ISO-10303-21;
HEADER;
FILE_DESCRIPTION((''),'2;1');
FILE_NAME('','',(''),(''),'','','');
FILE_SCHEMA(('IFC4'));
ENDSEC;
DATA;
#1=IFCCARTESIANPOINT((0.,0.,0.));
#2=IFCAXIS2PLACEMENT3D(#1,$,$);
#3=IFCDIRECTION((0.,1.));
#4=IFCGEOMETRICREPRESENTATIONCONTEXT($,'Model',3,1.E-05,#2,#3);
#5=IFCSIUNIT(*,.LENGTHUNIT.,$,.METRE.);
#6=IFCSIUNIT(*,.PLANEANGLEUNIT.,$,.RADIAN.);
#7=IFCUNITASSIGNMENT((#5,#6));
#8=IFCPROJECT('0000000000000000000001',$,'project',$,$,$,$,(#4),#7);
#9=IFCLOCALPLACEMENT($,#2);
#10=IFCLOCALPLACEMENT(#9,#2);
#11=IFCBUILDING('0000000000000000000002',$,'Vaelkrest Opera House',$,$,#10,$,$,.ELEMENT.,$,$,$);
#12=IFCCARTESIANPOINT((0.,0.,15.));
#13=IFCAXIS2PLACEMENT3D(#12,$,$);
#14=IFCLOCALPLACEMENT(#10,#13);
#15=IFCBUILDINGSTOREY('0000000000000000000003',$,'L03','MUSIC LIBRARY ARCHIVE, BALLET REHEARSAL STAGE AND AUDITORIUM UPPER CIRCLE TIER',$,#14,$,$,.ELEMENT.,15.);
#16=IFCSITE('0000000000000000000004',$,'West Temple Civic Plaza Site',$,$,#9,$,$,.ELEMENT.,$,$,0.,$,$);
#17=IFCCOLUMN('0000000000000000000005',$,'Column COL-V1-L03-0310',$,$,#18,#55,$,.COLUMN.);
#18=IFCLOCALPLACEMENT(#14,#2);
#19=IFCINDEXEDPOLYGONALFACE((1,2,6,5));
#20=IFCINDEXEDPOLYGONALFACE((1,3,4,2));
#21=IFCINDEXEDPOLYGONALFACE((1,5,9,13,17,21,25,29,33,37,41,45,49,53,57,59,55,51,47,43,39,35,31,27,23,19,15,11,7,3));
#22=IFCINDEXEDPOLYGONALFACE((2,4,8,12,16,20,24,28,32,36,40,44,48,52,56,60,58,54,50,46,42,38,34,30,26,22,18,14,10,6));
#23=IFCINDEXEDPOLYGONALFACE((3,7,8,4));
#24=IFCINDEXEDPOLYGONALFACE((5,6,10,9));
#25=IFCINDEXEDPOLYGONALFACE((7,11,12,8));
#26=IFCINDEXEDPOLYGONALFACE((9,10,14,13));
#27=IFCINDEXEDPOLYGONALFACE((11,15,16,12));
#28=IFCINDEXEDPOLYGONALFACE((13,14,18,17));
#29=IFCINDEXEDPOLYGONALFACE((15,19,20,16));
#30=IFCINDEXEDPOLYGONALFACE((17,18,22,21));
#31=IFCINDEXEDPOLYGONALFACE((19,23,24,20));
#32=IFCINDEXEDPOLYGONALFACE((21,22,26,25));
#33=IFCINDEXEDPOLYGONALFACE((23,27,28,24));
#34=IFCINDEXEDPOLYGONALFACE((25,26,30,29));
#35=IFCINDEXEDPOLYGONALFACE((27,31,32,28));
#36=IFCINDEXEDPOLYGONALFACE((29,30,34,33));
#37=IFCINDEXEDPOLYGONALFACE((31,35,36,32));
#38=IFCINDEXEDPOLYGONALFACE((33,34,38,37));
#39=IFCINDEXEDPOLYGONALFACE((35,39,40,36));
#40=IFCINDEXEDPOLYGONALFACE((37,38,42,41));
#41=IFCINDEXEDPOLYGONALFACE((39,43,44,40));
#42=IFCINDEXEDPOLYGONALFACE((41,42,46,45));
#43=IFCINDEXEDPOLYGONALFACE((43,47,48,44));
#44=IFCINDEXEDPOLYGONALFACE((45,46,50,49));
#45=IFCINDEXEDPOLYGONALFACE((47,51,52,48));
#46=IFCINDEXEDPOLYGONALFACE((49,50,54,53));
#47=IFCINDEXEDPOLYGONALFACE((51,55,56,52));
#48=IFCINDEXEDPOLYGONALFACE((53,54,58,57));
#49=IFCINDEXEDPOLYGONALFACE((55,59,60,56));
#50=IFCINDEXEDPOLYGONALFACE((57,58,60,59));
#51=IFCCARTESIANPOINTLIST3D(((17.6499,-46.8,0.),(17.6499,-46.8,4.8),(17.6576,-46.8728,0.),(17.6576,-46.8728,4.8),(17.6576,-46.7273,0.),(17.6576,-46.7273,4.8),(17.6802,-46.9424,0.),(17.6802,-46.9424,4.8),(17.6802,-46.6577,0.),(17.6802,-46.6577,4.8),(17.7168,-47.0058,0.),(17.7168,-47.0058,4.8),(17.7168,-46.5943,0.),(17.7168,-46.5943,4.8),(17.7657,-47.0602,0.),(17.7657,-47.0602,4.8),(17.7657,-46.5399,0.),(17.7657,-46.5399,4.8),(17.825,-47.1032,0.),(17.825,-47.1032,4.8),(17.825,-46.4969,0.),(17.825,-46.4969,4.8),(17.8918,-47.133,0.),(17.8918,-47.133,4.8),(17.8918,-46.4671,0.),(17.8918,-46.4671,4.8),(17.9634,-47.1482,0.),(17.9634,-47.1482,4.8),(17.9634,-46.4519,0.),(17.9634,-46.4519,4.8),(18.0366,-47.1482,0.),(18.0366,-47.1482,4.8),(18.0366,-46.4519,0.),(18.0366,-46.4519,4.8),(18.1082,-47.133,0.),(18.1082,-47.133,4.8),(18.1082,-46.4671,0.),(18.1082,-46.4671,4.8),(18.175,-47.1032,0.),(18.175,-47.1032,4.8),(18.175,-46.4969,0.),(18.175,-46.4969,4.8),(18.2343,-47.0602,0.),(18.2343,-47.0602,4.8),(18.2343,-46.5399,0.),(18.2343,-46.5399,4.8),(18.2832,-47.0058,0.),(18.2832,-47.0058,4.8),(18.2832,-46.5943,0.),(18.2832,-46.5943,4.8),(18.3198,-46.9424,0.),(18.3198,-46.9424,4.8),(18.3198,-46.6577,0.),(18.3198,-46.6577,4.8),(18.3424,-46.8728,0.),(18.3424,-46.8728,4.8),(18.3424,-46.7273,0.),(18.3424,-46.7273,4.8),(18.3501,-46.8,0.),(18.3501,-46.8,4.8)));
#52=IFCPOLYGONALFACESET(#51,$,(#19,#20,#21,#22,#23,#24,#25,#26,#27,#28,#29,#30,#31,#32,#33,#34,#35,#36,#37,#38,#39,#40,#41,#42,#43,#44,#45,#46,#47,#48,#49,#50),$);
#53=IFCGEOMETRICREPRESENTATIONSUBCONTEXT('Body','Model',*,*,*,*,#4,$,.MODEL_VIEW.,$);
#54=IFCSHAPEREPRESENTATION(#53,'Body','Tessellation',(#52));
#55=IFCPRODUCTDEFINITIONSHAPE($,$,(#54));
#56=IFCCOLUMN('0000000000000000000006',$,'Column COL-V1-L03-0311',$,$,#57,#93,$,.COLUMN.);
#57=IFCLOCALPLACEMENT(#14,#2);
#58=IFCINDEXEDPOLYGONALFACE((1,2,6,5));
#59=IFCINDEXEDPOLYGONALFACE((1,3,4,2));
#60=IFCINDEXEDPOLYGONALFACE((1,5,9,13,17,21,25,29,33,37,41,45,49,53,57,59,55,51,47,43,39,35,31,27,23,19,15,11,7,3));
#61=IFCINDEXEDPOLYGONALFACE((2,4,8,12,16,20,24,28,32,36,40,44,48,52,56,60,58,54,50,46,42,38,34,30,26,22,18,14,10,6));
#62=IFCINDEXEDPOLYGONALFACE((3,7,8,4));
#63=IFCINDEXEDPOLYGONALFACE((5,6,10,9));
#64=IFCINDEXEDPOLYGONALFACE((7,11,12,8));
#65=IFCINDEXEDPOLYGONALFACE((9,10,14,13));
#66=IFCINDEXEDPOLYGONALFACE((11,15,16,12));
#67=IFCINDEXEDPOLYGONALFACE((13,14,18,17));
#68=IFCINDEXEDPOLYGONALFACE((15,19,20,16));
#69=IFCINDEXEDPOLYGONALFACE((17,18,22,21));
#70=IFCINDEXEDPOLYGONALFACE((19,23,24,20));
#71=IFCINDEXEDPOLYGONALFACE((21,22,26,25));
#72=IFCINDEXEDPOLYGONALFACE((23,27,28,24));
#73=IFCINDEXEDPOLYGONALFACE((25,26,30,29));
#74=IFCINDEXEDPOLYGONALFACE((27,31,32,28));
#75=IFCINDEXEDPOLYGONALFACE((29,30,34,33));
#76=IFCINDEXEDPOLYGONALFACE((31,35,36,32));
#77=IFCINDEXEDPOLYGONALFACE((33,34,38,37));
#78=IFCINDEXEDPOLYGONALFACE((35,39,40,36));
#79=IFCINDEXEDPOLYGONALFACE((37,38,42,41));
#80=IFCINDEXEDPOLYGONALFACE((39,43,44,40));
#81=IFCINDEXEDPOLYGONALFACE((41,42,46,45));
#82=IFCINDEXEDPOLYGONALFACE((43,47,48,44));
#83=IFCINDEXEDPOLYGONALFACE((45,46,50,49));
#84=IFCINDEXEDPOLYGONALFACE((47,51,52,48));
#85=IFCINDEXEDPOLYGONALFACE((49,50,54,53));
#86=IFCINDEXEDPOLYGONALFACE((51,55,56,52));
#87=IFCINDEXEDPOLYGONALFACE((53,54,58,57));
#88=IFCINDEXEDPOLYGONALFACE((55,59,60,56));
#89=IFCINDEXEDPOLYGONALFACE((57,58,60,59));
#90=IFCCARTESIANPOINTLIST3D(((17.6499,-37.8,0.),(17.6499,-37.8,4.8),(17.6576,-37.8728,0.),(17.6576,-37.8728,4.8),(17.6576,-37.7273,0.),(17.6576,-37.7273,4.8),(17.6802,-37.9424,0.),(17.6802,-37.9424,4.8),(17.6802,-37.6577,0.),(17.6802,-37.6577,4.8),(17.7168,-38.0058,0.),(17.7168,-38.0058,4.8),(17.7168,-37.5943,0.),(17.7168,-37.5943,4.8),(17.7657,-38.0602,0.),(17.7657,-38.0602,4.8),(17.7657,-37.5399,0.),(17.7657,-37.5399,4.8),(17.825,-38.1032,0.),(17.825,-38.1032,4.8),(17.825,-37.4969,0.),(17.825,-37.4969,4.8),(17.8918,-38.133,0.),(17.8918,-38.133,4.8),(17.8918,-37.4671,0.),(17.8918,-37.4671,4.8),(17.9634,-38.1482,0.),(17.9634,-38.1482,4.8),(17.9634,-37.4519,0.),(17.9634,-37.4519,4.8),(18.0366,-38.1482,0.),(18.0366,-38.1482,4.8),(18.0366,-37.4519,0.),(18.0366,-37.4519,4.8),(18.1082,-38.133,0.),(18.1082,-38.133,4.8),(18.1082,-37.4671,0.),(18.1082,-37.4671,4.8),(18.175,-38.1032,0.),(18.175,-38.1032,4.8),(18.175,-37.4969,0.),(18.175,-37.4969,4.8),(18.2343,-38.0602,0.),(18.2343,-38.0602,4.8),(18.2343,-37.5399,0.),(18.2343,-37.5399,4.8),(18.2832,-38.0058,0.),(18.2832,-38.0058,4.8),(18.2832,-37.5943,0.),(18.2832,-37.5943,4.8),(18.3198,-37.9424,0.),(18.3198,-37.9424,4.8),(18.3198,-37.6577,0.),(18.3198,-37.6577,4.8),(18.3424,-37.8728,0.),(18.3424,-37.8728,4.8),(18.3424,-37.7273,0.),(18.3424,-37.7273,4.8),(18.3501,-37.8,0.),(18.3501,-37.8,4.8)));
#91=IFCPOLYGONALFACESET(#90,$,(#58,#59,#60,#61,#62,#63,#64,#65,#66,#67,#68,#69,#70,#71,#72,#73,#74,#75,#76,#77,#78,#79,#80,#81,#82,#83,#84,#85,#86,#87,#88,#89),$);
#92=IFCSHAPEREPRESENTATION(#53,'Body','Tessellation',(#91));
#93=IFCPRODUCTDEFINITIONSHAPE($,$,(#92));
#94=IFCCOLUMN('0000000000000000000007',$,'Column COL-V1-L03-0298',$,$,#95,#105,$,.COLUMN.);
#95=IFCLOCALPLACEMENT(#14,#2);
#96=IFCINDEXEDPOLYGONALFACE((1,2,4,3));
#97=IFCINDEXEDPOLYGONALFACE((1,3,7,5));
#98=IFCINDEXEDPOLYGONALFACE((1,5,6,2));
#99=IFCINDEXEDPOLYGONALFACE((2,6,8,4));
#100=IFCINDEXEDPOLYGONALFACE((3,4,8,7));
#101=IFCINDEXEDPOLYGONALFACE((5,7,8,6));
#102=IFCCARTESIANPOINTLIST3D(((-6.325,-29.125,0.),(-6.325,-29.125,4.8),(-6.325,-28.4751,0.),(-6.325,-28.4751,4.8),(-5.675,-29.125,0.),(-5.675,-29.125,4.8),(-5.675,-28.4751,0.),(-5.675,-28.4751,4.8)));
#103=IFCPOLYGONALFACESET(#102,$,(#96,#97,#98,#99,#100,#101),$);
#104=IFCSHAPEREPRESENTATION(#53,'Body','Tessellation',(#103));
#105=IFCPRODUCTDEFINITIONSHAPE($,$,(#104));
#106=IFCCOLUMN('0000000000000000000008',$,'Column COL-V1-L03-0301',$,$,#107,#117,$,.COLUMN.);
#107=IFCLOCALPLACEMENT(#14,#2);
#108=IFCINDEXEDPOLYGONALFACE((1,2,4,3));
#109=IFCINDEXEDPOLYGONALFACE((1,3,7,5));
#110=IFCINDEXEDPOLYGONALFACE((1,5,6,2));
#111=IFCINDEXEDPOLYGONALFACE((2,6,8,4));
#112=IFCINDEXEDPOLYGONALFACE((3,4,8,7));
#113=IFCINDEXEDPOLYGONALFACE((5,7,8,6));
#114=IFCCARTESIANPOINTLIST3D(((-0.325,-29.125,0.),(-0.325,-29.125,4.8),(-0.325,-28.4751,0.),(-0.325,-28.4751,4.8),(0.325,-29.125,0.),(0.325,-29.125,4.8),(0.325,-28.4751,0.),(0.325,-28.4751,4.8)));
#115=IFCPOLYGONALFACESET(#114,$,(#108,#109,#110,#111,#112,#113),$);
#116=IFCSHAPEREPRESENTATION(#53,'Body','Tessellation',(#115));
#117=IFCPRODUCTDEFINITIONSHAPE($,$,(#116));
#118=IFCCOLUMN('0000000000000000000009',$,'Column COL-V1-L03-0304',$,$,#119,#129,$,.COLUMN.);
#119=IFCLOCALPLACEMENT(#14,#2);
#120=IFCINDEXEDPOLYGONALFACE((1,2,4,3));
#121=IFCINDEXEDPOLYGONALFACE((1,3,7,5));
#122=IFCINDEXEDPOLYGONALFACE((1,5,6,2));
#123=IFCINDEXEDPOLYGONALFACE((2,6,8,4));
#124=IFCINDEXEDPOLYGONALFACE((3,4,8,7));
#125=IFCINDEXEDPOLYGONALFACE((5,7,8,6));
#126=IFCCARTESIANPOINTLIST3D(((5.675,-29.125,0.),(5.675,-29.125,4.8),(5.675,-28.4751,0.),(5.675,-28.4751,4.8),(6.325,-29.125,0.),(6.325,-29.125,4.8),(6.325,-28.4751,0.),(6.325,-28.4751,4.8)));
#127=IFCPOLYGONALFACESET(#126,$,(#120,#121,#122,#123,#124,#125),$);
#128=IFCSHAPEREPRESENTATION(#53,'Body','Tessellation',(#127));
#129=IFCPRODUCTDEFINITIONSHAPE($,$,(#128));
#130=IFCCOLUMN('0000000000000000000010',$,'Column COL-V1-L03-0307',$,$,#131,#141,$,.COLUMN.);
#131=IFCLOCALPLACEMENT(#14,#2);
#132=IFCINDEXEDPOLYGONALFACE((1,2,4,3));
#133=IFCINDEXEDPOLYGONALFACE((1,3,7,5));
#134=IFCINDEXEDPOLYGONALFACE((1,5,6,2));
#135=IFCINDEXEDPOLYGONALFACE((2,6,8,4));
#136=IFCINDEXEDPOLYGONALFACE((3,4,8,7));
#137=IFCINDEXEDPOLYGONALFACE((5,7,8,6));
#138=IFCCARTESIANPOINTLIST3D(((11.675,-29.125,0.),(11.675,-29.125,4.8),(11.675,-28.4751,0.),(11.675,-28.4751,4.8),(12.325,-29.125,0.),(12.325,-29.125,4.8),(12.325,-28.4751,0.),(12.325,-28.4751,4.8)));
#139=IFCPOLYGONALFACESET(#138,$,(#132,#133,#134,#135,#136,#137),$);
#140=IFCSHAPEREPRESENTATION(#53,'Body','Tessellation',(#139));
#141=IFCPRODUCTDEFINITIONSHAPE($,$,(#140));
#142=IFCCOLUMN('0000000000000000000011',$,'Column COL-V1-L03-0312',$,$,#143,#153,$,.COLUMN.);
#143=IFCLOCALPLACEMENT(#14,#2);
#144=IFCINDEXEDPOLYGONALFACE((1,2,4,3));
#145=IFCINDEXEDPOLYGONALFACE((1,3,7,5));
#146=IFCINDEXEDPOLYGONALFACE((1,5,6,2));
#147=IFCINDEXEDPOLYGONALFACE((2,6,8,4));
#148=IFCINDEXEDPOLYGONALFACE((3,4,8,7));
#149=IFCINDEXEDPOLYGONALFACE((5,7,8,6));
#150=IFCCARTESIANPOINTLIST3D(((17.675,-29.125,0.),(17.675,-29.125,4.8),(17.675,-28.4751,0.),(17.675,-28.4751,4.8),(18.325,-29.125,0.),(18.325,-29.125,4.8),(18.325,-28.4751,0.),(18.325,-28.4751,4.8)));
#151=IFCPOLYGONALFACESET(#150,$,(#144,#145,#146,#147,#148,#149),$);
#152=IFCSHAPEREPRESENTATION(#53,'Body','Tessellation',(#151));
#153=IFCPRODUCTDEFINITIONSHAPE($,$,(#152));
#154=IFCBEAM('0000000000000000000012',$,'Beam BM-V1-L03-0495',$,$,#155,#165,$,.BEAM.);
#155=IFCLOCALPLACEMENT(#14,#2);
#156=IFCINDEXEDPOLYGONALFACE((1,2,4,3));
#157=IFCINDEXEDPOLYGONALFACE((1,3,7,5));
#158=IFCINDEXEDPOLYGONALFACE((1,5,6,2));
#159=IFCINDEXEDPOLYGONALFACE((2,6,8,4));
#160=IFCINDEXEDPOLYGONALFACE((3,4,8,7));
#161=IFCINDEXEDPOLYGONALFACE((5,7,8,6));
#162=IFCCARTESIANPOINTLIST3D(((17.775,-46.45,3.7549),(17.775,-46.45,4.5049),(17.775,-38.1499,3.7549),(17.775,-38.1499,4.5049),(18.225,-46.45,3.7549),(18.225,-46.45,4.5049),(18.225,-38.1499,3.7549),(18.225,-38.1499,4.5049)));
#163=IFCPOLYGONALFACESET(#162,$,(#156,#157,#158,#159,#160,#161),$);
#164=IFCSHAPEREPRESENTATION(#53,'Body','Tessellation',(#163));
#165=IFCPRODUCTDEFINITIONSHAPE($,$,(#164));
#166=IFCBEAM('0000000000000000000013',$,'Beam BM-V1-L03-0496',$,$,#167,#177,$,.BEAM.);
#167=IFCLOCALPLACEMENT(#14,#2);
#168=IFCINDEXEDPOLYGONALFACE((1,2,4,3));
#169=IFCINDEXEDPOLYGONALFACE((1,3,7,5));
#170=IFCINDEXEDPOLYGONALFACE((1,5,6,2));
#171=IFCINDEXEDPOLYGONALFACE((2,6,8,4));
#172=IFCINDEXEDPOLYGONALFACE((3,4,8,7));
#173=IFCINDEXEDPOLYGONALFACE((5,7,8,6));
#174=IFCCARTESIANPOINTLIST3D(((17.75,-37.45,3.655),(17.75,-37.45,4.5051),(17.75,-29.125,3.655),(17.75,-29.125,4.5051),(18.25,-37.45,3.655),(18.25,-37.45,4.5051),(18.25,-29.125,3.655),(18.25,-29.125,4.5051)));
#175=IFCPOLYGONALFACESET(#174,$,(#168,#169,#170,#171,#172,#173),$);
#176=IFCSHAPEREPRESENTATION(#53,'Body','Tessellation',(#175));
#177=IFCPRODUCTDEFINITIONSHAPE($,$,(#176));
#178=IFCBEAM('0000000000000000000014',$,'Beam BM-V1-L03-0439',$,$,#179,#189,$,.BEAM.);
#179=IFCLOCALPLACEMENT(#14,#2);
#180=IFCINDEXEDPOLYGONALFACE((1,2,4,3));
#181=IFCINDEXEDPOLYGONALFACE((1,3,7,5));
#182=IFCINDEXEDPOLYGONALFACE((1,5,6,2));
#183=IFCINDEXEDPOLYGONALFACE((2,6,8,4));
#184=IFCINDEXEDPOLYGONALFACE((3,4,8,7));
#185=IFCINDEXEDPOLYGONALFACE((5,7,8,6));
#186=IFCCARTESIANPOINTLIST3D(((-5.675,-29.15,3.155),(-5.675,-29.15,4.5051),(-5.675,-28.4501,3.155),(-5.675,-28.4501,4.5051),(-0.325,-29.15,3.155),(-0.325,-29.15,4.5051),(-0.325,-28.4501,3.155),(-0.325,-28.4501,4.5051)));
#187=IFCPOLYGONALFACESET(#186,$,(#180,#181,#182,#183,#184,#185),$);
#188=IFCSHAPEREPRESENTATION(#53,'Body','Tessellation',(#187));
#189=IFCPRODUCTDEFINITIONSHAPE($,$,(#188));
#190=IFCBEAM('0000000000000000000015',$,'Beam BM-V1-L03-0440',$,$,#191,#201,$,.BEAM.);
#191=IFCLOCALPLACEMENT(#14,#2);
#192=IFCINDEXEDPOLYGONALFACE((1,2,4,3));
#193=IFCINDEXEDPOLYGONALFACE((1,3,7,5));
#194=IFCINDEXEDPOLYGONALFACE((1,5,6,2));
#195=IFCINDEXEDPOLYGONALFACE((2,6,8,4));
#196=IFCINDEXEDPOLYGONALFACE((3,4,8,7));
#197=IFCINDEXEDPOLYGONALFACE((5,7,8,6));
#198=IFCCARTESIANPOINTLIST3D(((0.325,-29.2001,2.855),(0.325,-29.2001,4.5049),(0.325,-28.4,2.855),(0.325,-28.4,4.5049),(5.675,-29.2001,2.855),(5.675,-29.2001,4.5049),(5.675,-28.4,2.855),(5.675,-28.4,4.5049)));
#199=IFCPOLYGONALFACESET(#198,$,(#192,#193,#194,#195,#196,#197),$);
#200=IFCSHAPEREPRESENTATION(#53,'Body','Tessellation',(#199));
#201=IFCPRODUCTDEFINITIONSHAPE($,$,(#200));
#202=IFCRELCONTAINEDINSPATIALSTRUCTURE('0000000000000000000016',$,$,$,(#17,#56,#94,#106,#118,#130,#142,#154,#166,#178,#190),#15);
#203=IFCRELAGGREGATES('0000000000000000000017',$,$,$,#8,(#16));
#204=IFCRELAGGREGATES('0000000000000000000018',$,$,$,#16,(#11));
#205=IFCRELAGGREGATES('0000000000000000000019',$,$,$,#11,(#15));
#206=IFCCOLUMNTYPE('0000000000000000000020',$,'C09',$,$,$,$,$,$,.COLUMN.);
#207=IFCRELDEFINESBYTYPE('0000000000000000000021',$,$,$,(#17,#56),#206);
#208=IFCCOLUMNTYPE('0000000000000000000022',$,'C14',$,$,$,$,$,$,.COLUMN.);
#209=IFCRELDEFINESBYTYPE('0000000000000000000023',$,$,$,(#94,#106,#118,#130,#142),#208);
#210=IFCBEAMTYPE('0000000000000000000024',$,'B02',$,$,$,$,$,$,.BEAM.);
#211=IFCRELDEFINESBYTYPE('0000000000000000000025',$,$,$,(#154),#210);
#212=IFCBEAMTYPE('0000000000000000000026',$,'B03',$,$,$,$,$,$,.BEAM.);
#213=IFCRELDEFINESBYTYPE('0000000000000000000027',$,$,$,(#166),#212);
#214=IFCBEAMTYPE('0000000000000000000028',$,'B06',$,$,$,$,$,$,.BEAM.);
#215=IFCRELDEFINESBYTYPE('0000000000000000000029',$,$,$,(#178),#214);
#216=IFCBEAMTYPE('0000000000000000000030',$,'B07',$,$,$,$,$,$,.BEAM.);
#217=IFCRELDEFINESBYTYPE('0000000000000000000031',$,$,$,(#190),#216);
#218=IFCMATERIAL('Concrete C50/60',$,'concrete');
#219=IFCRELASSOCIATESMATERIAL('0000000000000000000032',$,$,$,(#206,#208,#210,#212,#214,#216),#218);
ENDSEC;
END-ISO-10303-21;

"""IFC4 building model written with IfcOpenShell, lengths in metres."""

from ifc_helpers import new_model, si_unit, direction, frame, origin, origin_2d, place, context, subcontext, project, spatial, rectangle, circle, extrude, material, material_profile, profile_set, type_object, element, save


model = new_model("IFC4")

# Units and contexts
model_context = context("Model", 3, precision=1e-05, world=origin(), true_north=direction((0.0, 1.0)))
body_context = subcontext(model_context, "Body", "Model", "MODEL_VIEW")
ifc_project = project(units=[si_unit("LENGTHUNIT", "METRE"), si_unit("PLANEANGLEUNIT", "RADIAN")], contexts=[model_context])

# Site, building, storey
site_placement = place(None, origin())
site = spatial("IfcSite", under=ifc_project, at=site_placement, Name="West Temple Civic Plaza Site", CompositionType="ELEMENT", RefElevation=0.0)
building_placement = place(site_placement, origin())
building = spatial("IfcBuilding", under=site, at=building_placement, Name="Vaelkrest Opera House", CompositionType="ELEMENT")
storey_placement = place(building_placement, frame((0.0, 0.0, 15.0)))
storey = spatial("IfcBuildingStorey", under=building, at=storey_placement, Name="L03", Description="MUSIC LIBRARY ARCHIVE, BALLET REHEARSAL STAGE AND AUDITORIUM UPPER CIRCLE TIER", CompositionType="ELEMENT", Elevation=15.0)

# Columns
ifc_material_1 = material(Name="Concrete C50/60", Category="concrete")
ifc_material_profile_1 = material_profile(ifc_material_1, circle(Radius=0.3501, at=origin_2d()), Name="RCD700")
ifc_profile_set_1 = profile_set([ifc_material_profile_1], Name="Concrete C50/60")
column_type_1 = type_object("IfcColumnType", Name="C09", PredefinedType="COLUMN", material=ifc_profile_set_1)
for number, where, z_axis, x_axis, name in (
    (1, (18.0, -46.8, 0.0), (0.0, 0.0, 1.0), (1.0, 0.0, 0.0), "Column COL-V1-L03-0310"),
    (2, (18.0, -37.8, 0.0), (0.0, 0.0, 1.0), (1.0, 0.0, 0.0), "Column COL-V1-L03-0311"),
):
    element("IfcColumn", number, at=place(storey_placement, frame(where, z_axis=z_axis, x_axis=x_axis)), inside=storey, type_object=column_type_1, Name=name, PredefinedType="COLUMN", context=body_context, shape_type="SweptSolid", body=[
        extrude(circle(Radius=0.3501, at=origin_2d()), origin(), (0.0, 0.0, 1.0), 4.8),
    ])
ifc_material_profile_2 = material_profile(ifc_material_1, rectangle(XDim=0.6499, YDim=0.6499, at=origin_2d()), Name="RC650X650")
ifc_profile_set_2 = profile_set([ifc_material_profile_2], Name="Concrete C50/60")
column_type_2 = type_object("IfcColumnType", Name="C14", PredefinedType="COLUMN", material=ifc_profile_set_2)
for number, where, z_axis, x_axis, name in (
    (3, (-6.0, -28.8, 0.0), (0.0, 0.0, 1.0), (1.0, 0.0, 0.0), "Column COL-V1-L03-0298"),
    (4, (0.0, -28.8, 0.0), (0.0, 0.0, 1.0), (1.0, 0.0, 0.0), "Column COL-V1-L03-0301"),
    (5, (6.0, -28.8, 0.0), (0.0, 0.0, 1.0), (1.0, 0.0, 0.0), "Column COL-V1-L03-0304"),
    (6, (12.0, -28.8, 0.0), (0.0, 0.0, 1.0), (1.0, 0.0, 0.0), "Column COL-V1-L03-0307"),
    (7, (18.0, -28.8, 0.0), (0.0, 0.0, 1.0), (1.0, 0.0, 0.0), "Column COL-V1-L03-0312"),
):
    element("IfcColumn", number, at=place(storey_placement, frame(where, z_axis=z_axis, x_axis=x_axis)), inside=storey, type_object=column_type_2, Name=name, PredefinedType="COLUMN", context=body_context, shape_type="SweptSolid", body=[
        extrude(rectangle(XDim=0.6499, YDim=0.6499, at=origin_2d()), origin(), (0.0, 0.0, 1.0), 4.8),
    ])

# Beams
ifc_material_profile_3 = material_profile(ifc_material_1, rectangle(XDim=0.45, YDim=0.75, at=origin_2d()), Name="RCB450X750")
ifc_profile_set_3 = profile_set([ifc_material_profile_3], Name="Concrete C50/60")
beam_type_1 = type_object("IfcBeamType", Name="B02", PredefinedType="BEAM", material=ifc_profile_set_3)
beam_1_placement = place(storey_placement, frame((18.0, -46.45, 4.1299), z_axis=(0.0, 1.0, 0.0), x_axis=(-1.0, 0.0, 0.0)))
element("IfcBeam", 8, at=beam_1_placement, inside=storey, type_object=beam_type_1, Name="Beam BM-V1-L03-0495", PredefinedType="BEAM", context=body_context, shape_type="SweptSolid", body=[
    extrude(rectangle(XDim=0.45, YDim=0.75, at=origin_2d()), origin(), (0.0, 0.0, 1.0), 8.3),
])
ifc_material_profile_4 = material_profile(ifc_material_1, rectangle(XDim=0.5, YDim=0.8501, at=origin_2d()), Name="RCB500X850")
ifc_profile_set_4 = profile_set([ifc_material_profile_4], Name="Concrete C50/60")
beam_type_2 = type_object("IfcBeamType", Name="B03", PredefinedType="BEAM", material=ifc_profile_set_4)
beam_2_placement = place(storey_placement, frame((18.0, -37.45, 4.0801), z_axis=(0.0, 1.0, 0.0), x_axis=(-1.0, 0.0, 0.0)))
element("IfcBeam", 9, at=beam_2_placement, inside=storey, type_object=beam_type_2, Name="Beam BM-V1-L03-0496", PredefinedType="BEAM", context=body_context, shape_type="SweptSolid", body=[
    extrude(rectangle(XDim=0.5, YDim=0.8501, at=origin_2d()), origin(), (0.0, 0.0, 1.0), 8.325),
])
ifc_material_profile_5 = material_profile(ifc_material_1, rectangle(XDim=0.7, YDim=1.3501, at=origin_2d()), Name="RCB700X1350")
ifc_profile_set_5 = profile_set([ifc_material_profile_5], Name="Concrete C50/60")
beam_type_3 = type_object("IfcBeamType", Name="B06", PredefinedType="BEAM", material=ifc_profile_set_5)
beam_3_placement = place(storey_placement, frame((-5.675, -28.8, 3.8301), z_axis=(1.0, 0.0, 0.0), x_axis=(0.0, 1.0, 0.0)))
element("IfcBeam", 10, at=beam_3_placement, inside=storey, type_object=beam_type_3, Name="Beam BM-V1-L03-0439", PredefinedType="BEAM", context=body_context, shape_type="SweptSolid", body=[
    extrude(rectangle(XDim=0.7, YDim=1.3501, at=origin_2d()), origin(), (0.0, 0.0, 1.0), 5.3501),
])
ifc_material_profile_6 = material_profile(ifc_material_1, rectangle(XDim=0.8, YDim=1.6499, at=origin_2d()), Name="RCB800X1650")
ifc_profile_set_6 = profile_set([ifc_material_profile_6], Name="Concrete C50/60")
beam_type_4 = type_object("IfcBeamType", Name="B07", PredefinedType="BEAM", material=ifc_profile_set_6)
beam_4_placement = place(storey_placement, frame((0.325, -28.8, 3.6799), z_axis=(1.0, 0.0, 0.0), x_axis=(0.0, 1.0, 0.0)))
element("IfcBeam", 11, at=beam_4_placement, inside=storey, type_object=beam_type_4, Name="Beam BM-V1-L03-0440", PredefinedType="BEAM", context=body_context, shape_type="SweptSolid", body=[
    extrude(rectangle(XDim=0.8, YDim=1.6499, at=origin_2d()), origin(), (0.0, 0.0, 1.0), 5.3501),
])

save(model, "model.ifc")
